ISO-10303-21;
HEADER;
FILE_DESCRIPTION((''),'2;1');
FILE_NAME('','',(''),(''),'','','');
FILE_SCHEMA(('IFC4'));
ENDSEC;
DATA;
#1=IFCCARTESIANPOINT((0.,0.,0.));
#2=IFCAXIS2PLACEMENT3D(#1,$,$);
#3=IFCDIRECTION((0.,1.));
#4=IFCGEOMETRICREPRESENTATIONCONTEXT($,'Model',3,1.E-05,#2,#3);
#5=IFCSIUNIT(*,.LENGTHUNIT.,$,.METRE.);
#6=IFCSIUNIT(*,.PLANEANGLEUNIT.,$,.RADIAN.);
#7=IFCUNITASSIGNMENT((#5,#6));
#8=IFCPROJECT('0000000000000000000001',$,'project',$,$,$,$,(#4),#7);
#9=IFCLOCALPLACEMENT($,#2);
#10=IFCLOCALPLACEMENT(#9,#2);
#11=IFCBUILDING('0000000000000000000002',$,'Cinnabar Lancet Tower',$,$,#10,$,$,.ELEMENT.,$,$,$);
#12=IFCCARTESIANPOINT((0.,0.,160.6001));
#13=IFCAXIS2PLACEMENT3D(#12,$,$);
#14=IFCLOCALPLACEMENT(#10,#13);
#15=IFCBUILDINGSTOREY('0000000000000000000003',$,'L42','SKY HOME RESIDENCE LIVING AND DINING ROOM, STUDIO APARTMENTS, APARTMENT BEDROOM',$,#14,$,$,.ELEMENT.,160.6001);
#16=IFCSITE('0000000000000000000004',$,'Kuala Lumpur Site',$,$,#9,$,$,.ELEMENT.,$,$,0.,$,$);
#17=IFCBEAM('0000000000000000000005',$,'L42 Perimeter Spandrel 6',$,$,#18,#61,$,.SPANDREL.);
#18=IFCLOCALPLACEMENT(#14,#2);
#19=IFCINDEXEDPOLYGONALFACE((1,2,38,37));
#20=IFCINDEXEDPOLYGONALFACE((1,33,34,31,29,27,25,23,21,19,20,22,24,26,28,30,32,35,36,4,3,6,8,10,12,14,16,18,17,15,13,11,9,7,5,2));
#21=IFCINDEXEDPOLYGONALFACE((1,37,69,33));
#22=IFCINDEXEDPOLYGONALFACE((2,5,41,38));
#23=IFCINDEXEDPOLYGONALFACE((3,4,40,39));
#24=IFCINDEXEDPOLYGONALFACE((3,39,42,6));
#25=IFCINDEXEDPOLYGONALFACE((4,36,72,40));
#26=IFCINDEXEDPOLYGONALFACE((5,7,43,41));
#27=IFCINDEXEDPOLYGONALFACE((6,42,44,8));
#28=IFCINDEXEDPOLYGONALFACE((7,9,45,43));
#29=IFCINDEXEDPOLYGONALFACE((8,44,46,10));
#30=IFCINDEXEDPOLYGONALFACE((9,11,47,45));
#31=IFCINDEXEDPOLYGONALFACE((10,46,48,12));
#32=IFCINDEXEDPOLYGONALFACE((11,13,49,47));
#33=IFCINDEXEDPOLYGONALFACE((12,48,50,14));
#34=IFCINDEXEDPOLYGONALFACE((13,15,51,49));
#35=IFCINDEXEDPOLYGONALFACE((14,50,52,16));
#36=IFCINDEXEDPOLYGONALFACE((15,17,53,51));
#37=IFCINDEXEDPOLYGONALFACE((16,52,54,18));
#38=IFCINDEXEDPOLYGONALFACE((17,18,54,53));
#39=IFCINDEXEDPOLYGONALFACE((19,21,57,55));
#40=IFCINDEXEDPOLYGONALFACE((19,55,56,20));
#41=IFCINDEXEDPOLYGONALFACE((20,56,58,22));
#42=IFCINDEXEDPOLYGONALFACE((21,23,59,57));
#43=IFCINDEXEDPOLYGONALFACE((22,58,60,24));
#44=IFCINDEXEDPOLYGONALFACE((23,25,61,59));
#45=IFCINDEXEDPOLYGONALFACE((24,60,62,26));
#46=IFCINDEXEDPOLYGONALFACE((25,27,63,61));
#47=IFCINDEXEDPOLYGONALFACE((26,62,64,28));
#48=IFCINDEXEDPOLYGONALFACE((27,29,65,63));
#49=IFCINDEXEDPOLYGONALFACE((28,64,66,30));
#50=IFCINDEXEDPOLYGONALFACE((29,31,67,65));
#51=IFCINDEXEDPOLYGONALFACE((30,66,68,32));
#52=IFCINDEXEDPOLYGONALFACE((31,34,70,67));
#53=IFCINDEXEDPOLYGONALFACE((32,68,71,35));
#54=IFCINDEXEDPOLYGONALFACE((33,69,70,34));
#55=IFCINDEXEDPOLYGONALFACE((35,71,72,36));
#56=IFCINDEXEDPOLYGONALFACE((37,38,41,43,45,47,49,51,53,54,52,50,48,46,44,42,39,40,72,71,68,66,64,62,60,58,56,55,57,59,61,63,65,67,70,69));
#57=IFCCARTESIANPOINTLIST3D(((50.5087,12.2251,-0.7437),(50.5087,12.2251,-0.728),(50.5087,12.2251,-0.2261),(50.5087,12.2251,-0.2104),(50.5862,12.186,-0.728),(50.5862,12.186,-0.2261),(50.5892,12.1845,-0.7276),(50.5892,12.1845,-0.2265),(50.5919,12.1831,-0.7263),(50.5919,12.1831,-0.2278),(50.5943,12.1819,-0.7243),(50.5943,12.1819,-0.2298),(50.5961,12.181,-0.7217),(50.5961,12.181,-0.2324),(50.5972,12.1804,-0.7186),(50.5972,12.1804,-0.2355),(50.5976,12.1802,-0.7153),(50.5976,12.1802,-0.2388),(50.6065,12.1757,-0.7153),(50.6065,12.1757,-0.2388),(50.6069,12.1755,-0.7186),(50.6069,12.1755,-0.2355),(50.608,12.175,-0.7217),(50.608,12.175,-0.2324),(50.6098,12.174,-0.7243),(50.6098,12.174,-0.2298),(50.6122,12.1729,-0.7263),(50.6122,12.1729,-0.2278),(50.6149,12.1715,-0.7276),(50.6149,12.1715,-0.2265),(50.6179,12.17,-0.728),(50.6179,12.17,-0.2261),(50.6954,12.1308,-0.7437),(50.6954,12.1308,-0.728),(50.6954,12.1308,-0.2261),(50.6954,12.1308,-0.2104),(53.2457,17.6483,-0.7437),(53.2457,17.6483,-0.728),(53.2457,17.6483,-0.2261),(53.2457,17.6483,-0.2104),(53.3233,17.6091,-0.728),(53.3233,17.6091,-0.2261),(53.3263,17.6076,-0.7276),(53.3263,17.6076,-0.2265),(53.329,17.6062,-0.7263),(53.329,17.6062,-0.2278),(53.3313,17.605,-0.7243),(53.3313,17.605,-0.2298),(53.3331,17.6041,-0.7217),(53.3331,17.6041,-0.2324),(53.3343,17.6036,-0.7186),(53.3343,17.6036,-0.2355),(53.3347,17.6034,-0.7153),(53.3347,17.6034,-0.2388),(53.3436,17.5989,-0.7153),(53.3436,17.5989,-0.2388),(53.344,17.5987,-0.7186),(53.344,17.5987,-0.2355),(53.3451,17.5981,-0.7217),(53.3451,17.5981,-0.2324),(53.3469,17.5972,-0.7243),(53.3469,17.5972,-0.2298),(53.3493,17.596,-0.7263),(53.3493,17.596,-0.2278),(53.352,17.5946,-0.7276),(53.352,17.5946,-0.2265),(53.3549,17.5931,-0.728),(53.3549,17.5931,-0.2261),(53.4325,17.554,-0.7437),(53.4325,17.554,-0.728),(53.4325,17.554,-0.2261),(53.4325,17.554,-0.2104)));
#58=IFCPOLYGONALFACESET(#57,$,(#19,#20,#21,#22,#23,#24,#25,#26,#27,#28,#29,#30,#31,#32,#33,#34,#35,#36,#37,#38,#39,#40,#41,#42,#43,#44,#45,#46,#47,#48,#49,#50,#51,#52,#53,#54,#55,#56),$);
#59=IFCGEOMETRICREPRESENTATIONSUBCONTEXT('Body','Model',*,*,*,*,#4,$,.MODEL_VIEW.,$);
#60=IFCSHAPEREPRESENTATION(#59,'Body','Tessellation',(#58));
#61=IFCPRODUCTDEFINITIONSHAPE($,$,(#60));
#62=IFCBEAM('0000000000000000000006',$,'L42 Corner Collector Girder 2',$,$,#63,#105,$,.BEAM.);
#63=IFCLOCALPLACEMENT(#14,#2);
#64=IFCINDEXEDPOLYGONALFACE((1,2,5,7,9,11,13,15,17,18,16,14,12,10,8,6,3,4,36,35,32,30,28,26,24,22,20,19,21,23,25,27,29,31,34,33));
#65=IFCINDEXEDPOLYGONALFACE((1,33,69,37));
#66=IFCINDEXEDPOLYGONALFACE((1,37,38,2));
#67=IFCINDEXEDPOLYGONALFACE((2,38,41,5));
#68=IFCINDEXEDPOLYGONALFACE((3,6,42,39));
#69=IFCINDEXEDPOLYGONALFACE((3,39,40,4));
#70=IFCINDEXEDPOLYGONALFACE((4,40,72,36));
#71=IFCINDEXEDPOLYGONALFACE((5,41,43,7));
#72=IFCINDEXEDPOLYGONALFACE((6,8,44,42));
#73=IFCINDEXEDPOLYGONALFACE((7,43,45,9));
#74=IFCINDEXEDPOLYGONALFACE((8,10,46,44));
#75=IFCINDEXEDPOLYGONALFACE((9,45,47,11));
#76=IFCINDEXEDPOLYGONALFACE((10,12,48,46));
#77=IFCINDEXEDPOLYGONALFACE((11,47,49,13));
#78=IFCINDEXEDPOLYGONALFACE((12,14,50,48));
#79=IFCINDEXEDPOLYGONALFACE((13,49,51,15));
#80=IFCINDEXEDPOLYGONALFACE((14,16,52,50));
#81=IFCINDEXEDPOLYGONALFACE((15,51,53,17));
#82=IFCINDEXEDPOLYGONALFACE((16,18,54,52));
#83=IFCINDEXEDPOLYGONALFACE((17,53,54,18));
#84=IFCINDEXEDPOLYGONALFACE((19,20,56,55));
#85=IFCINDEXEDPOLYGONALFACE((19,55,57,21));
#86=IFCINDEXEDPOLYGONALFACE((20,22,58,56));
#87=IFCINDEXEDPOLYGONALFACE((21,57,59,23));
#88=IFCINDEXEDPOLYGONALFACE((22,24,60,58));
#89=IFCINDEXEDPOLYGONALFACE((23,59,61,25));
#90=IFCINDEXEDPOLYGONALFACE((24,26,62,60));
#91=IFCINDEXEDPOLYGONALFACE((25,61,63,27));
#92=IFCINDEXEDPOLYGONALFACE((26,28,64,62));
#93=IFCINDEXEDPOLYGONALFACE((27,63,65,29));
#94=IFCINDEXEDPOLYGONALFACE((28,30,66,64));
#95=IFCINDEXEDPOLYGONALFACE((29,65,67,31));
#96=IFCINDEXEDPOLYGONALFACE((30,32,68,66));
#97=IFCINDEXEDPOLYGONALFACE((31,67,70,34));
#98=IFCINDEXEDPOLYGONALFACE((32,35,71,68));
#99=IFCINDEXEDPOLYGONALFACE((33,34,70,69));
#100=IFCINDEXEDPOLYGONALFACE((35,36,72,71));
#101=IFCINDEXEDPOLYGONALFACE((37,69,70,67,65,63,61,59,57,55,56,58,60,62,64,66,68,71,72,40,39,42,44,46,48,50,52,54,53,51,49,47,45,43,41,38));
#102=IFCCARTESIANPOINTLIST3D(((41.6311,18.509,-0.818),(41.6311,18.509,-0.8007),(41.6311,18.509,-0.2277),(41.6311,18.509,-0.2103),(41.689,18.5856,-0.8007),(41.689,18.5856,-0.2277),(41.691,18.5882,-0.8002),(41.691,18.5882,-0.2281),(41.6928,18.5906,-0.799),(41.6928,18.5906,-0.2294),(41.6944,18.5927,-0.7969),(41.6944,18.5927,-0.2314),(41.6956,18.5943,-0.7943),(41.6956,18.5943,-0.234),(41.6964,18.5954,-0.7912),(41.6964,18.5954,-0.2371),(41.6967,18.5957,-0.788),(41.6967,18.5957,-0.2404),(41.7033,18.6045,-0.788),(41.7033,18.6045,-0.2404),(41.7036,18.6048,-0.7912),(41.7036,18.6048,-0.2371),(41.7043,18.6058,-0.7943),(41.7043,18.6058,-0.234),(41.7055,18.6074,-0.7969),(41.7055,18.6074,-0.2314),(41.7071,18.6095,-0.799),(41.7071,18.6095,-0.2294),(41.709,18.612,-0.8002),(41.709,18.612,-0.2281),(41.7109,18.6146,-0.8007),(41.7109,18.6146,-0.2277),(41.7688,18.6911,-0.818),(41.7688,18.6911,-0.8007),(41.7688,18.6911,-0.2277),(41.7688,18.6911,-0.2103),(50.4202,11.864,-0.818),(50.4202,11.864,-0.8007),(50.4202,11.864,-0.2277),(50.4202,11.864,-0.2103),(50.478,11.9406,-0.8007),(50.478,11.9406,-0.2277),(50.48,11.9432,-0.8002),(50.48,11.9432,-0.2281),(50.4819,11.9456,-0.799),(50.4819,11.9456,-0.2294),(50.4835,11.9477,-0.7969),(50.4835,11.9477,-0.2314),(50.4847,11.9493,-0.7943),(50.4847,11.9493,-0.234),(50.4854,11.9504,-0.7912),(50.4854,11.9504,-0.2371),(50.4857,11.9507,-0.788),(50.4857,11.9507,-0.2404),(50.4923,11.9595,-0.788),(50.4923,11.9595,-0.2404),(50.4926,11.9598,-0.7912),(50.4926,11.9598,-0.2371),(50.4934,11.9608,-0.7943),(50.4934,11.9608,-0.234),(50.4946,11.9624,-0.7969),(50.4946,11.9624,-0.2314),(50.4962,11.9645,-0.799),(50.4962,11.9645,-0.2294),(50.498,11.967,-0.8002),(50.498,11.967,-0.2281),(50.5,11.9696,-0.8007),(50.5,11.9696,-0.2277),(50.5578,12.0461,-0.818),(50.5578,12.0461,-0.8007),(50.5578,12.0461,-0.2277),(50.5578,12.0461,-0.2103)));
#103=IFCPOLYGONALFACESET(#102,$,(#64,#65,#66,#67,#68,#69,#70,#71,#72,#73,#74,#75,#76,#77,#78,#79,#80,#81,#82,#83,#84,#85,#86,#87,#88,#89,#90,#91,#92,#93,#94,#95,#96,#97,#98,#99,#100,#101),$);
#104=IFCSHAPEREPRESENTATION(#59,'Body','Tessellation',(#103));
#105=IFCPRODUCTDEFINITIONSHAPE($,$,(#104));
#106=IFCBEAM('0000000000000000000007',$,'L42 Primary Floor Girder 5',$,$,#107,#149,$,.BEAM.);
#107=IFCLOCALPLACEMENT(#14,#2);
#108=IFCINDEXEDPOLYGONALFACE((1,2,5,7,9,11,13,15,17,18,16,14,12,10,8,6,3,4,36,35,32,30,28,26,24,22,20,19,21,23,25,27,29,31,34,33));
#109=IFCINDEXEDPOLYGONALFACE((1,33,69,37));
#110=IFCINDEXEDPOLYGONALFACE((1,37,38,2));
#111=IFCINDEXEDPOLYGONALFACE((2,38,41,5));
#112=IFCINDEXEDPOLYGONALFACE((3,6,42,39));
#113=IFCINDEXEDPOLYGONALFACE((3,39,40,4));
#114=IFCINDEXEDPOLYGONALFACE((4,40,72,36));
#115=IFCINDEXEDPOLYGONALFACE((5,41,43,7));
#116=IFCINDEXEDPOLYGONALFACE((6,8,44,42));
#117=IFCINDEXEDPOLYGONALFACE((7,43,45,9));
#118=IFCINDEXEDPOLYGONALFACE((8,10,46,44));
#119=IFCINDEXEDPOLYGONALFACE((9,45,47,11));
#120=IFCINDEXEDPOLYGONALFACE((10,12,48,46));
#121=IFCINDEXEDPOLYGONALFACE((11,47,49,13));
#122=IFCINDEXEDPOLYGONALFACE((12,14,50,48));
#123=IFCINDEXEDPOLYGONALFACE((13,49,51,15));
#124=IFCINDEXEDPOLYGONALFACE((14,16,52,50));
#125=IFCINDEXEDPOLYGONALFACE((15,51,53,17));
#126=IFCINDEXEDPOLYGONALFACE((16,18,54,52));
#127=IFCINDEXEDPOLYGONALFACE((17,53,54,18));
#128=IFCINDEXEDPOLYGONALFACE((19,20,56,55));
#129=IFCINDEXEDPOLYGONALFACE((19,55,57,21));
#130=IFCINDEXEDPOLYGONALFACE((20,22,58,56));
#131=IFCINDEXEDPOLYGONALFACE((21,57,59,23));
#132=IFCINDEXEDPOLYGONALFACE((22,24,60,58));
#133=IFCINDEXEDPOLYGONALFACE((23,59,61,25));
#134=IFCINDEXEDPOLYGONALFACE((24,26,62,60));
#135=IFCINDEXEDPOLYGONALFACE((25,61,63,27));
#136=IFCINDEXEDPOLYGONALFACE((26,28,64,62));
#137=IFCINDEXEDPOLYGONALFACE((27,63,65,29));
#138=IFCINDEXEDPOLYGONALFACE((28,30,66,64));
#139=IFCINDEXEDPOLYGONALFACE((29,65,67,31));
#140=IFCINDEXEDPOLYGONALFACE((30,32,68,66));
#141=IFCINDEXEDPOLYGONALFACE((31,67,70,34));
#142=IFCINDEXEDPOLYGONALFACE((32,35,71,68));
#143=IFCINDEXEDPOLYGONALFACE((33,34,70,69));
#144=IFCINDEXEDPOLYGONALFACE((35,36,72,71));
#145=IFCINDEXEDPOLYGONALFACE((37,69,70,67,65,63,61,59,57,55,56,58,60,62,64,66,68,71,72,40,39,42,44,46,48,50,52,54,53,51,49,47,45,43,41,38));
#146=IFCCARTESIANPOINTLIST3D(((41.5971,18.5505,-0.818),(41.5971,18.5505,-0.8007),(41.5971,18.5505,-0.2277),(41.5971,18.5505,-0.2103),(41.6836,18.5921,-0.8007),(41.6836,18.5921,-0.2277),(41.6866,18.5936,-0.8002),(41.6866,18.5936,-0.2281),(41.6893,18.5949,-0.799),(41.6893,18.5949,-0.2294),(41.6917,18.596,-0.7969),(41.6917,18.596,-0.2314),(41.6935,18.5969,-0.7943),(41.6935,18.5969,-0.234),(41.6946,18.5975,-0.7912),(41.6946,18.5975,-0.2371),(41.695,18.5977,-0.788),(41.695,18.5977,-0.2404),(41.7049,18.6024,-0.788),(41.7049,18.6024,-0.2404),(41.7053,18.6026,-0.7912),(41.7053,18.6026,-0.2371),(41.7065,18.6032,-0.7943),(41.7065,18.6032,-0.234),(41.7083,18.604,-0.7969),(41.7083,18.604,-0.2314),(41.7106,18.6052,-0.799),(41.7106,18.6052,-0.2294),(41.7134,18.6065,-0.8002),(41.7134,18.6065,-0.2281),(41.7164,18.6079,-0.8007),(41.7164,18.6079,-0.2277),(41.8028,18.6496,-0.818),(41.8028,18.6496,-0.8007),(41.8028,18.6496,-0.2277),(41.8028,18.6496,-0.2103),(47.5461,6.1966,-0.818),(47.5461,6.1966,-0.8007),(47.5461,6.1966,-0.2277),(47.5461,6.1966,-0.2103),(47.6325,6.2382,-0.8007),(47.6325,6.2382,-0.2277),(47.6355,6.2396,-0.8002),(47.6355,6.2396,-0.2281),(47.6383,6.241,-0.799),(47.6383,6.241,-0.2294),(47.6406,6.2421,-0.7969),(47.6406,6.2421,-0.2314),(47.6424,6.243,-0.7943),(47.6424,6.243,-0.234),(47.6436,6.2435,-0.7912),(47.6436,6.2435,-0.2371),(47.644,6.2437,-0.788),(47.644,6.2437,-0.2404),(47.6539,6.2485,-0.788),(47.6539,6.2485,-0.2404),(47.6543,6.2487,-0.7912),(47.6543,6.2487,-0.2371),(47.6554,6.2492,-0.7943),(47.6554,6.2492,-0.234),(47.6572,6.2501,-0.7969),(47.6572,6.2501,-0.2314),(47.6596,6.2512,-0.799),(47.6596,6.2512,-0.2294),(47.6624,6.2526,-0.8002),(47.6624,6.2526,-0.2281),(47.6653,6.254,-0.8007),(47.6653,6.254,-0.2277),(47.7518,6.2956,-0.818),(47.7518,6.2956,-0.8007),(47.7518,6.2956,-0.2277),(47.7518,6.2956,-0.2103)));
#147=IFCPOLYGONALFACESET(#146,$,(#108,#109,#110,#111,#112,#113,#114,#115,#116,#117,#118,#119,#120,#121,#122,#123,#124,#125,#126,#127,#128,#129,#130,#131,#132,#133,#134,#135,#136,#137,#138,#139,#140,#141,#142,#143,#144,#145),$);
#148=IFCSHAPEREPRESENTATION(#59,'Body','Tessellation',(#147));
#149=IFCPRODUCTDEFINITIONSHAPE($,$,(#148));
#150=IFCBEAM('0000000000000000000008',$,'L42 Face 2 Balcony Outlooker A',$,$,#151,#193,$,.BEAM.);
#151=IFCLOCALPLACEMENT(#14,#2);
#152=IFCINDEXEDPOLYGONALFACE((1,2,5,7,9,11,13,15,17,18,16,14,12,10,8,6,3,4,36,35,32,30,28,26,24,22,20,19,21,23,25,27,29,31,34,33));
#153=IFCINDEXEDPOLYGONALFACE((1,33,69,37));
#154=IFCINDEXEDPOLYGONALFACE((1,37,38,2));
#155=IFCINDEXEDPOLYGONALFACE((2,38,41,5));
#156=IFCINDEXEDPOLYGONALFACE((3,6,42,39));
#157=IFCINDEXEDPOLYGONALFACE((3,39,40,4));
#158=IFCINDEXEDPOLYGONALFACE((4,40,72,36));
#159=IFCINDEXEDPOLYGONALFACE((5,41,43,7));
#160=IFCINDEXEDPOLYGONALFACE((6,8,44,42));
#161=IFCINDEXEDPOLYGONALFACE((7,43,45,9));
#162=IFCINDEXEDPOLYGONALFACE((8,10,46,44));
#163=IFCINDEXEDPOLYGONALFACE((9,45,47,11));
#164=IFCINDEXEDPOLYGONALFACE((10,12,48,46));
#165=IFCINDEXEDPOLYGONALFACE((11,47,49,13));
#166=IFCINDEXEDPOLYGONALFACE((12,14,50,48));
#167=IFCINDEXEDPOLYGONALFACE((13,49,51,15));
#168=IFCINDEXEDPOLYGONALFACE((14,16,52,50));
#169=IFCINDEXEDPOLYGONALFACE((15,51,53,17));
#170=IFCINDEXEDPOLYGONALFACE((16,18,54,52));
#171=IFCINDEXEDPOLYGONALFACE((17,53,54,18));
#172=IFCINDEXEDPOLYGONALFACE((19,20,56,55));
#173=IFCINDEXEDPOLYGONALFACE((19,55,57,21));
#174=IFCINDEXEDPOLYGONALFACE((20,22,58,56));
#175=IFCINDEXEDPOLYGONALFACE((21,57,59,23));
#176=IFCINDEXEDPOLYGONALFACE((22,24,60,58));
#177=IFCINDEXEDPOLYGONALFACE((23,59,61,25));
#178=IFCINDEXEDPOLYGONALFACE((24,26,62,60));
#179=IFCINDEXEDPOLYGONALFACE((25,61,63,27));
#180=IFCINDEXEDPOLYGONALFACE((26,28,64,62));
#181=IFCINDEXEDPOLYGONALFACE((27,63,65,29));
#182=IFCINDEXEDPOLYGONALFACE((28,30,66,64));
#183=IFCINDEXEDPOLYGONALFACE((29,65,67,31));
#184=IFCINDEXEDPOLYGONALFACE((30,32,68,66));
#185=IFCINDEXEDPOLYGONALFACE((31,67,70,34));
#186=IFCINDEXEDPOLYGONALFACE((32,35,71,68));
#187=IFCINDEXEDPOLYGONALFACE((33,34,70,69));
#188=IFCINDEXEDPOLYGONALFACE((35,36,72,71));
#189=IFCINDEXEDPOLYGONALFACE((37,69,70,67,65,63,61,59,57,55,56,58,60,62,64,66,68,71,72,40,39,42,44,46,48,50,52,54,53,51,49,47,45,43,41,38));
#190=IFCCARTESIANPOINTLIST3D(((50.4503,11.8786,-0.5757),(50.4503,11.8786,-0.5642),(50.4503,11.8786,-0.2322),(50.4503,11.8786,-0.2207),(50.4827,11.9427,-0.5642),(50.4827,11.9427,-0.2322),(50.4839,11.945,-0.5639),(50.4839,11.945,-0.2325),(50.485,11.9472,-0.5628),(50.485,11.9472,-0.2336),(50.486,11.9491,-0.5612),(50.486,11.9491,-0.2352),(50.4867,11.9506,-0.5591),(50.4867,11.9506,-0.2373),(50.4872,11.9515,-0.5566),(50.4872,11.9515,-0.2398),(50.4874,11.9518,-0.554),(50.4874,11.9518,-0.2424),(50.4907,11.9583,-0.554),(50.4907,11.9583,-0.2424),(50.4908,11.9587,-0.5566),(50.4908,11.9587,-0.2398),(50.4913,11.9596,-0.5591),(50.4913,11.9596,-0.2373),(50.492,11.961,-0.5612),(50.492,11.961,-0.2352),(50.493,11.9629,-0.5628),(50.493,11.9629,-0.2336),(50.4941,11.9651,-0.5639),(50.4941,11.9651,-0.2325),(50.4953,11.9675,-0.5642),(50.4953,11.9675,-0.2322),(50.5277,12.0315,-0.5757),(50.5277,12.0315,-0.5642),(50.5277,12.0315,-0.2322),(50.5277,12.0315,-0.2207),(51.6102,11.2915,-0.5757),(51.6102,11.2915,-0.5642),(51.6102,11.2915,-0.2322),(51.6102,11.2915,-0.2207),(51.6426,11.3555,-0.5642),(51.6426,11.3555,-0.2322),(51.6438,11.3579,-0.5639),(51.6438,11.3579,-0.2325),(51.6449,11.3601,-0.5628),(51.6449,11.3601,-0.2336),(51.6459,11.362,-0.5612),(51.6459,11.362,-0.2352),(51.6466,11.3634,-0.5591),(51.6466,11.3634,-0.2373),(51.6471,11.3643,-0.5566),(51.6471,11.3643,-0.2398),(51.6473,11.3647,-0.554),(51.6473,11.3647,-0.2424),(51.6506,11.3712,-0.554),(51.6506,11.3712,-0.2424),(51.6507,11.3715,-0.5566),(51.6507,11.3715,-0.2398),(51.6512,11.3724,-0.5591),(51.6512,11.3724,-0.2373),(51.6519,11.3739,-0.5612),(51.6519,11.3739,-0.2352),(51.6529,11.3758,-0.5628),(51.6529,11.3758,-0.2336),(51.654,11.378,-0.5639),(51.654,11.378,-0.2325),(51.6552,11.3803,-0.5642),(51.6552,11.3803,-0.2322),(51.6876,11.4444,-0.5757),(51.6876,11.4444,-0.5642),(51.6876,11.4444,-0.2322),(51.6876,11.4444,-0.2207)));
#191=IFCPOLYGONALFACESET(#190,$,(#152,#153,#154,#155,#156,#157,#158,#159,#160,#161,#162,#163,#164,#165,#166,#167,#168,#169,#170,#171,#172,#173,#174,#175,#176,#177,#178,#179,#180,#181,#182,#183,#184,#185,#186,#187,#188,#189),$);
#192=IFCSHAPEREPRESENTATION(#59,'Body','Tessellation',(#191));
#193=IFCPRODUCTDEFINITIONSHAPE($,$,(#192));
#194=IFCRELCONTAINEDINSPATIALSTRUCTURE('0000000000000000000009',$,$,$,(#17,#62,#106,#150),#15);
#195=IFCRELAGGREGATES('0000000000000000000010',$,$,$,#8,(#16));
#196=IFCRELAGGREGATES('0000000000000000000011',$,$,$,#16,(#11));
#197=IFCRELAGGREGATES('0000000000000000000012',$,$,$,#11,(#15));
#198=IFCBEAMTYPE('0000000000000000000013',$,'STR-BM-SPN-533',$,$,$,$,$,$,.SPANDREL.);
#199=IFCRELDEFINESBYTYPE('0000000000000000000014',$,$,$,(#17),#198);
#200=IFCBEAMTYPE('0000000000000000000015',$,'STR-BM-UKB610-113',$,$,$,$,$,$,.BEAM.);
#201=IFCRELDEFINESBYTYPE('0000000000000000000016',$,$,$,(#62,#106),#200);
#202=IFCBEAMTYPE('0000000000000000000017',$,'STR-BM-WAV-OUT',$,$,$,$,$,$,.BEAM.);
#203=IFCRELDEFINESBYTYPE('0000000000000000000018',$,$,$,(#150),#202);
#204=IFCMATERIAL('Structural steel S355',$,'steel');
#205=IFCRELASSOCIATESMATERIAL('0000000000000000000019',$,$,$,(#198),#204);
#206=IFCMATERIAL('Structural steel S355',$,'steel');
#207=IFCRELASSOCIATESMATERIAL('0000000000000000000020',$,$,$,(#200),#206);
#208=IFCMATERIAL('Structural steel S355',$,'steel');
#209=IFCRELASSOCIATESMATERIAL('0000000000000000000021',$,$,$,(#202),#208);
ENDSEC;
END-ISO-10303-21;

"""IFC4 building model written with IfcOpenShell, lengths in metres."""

from ifc_helpers import new_model, si_unit, direction, frame, origin, origin_2d, place, context, subcontext, project, spatial, i_section, extrude, material, material_profile, profile_set, type_object, element, save


model = new_model("IFC4")

# Units and contexts
model_context = context("Model", 3, precision=1e-05, world=origin(), true_north=direction((0.0, 1.0)))
body_context = subcontext(model_context, "Body", "Model", "MODEL_VIEW")
ifc_project = project(units=[si_unit("LENGTHUNIT", "METRE"), si_unit("PLANEANGLEUNIT", "RADIAN")], contexts=[model_context])

# Site, building, storey
site_placement = place(None, origin())
site = spatial("IfcSite", under=ifc_project, at=site_placement, Name="Kuala Lumpur Site", CompositionType="ELEMENT", RefElevation=0.0)
building_placement = place(site_placement, origin())
building = spatial("IfcBuilding", under=site, at=building_placement, Name="Cinnabar Lancet Tower", CompositionType="ELEMENT")
storey_placement = place(building_placement, frame((0.0, 0.0, 160.6001)))
storey = spatial("IfcBuildingStorey", under=building, at=storey_placement, Name="L42", Description="SKY HOME RESIDENCE LIVING AND DINING ROOM, STUDIO APARTMENTS, APARTMENT BEDROOM", CompositionType="ELEMENT", Elevation=160.6001)

# Beams
ifc_material_1 = material(Name="Structural steel S355", Category="steel")
ifc_material_profile_1 = material_profile(ifc_material_1, i_section(OverallWidth=0.2092, OverallDepth=0.5332, WebThickness=0.01, FlangeThickness=0.0156, FilletRadius=0.0127, at=origin_2d()), Name="UKB 533x210x92")
ifc_profile_set_1 = profile_set([ifc_material_profile_1], Name="Structural steel S355")
beam_type_1 = type_object("IfcBeamType", Name="STR-BM-SPN-533", PredefinedType="SPANDREL", material=ifc_profile_set_1)
beam_1_placement = place(storey_placement, frame((50.6021, 12.178, -0.4771), z_axis=(0.45057, 0.892741, 0.0), x_axis=(-0.892741, 0.45057, 0.0)))
element("IfcBeam", 1, at=beam_1_placement, inside=storey, type_object=beam_type_1, Name="L42 Perimeter Spandrel 6", PredefinedType="SPANDREL", context=body_context, shape_type="SweptSolid", body=[
    extrude(i_section(OverallWidth=0.2092, OverallDepth=0.5332, WebThickness=0.01, FlangeThickness=0.0156, FilletRadius=0.0127, at=origin_2d()), origin(), (0.0, 0.0, 1.0), 6.0747),
])
ifc_material_2 = material(Name="Structural steel S355", Category="steel")
ifc_material_profile_2 = material_profile(ifc_material_2, i_section(OverallWidth=0.2283, OverallDepth=0.6077, WebThickness=0.011, FlangeThickness=0.0173, FilletRadius=0.0127, at=origin_2d()), Name="UKB 610x229x113")
ifc_profile_set_2 = profile_set([ifc_material_profile_2], Name="Structural steel S355")
beam_type_2 = type_object("IfcBeamType", Name="STR-BM-UKB610-113", PredefinedType="BEAM", material=ifc_profile_set_2)
beam_2_placement = place(storey_placement, frame((50.489, 11.9551, -0.5142), z_axis=(-0.797675, 0.603087, 0.0), x_axis=(-0.603087, -0.797675, 0.0)))
element("IfcBeam", 2, at=beam_2_placement, inside=storey, type_object=beam_type_2, Name="L42 Corner Collector Girder 2", PredefinedType="BEAM", context=body_context, shape_type="SweptSolid", body=[
    extrude(i_section(OverallWidth=0.2283, OverallDepth=0.6077, WebThickness=0.011, FlangeThickness=0.0173, FilletRadius=0.0127, at=origin_2d()), origin(), (0.0, 0.0, 1.0), 11.0183),
])
beam_3_placement = place(storey_placement, frame((47.6489, 6.2461, -0.5142), z_axis=(-0.43386, 0.90098, 0.0), x_axis=(-0.90098, -0.43386, 0.0)))
element("IfcBeam", 3, at=beam_3_placement, inside=storey, type_object=beam_type_2, Name="L42 Primary Floor Girder 5", PredefinedType="BEAM", context=body_context, shape_type="SweptSolid", body=[
    extrude(i_section(OverallWidth=0.2283, OverallDepth=0.6077, WebThickness=0.011, FlangeThickness=0.0173, FilletRadius=0.0127, at=origin_2d()), origin(), (0.0, 0.0, 1.0), 13.7117),
])
ifc_material_3 = material(Name="Structural steel S355", Category="steel")
ifc_material_profile_3 = material_profile(ifc_material_3, i_section(OverallWidth=0.1714, OverallDepth=0.355, WebThickness=0.0073, FlangeThickness=0.0115, FilletRadius=0.0103, at=origin_2d()), Name="UKB 356x171x51")
ifc_profile_set_3 = profile_set([ifc_material_profile_3], Name="Structural steel S355")
beam_type_3 = type_object("IfcBeamType", Name="STR-BM-WAV-OUT", PredefinedType="BEAM", material=ifc_profile_set_3)
beam_4_placement = place(storey_placement, frame((50.489, 11.9551, -0.3982), z_axis=(0.8922, -0.45164, 0.0), x_axis=(0.45164, 0.8922, 0.0)))
element("IfcBeam", 4, at=beam_4_placement, inside=storey, type_object=beam_type_3, Name="L42 Face 2 Balcony Outlooker A", PredefinedType="BEAM", context=body_context, shape_type="SweptSolid", body=[
    extrude(i_section(OverallWidth=0.1714, OverallDepth=0.355, WebThickness=0.0073, FlangeThickness=0.0115, FilletRadius=0.0103, at=origin_2d()), origin(), (0.0, 0.0, 1.0), 1.3),
])

save(model, "model.ifc")
